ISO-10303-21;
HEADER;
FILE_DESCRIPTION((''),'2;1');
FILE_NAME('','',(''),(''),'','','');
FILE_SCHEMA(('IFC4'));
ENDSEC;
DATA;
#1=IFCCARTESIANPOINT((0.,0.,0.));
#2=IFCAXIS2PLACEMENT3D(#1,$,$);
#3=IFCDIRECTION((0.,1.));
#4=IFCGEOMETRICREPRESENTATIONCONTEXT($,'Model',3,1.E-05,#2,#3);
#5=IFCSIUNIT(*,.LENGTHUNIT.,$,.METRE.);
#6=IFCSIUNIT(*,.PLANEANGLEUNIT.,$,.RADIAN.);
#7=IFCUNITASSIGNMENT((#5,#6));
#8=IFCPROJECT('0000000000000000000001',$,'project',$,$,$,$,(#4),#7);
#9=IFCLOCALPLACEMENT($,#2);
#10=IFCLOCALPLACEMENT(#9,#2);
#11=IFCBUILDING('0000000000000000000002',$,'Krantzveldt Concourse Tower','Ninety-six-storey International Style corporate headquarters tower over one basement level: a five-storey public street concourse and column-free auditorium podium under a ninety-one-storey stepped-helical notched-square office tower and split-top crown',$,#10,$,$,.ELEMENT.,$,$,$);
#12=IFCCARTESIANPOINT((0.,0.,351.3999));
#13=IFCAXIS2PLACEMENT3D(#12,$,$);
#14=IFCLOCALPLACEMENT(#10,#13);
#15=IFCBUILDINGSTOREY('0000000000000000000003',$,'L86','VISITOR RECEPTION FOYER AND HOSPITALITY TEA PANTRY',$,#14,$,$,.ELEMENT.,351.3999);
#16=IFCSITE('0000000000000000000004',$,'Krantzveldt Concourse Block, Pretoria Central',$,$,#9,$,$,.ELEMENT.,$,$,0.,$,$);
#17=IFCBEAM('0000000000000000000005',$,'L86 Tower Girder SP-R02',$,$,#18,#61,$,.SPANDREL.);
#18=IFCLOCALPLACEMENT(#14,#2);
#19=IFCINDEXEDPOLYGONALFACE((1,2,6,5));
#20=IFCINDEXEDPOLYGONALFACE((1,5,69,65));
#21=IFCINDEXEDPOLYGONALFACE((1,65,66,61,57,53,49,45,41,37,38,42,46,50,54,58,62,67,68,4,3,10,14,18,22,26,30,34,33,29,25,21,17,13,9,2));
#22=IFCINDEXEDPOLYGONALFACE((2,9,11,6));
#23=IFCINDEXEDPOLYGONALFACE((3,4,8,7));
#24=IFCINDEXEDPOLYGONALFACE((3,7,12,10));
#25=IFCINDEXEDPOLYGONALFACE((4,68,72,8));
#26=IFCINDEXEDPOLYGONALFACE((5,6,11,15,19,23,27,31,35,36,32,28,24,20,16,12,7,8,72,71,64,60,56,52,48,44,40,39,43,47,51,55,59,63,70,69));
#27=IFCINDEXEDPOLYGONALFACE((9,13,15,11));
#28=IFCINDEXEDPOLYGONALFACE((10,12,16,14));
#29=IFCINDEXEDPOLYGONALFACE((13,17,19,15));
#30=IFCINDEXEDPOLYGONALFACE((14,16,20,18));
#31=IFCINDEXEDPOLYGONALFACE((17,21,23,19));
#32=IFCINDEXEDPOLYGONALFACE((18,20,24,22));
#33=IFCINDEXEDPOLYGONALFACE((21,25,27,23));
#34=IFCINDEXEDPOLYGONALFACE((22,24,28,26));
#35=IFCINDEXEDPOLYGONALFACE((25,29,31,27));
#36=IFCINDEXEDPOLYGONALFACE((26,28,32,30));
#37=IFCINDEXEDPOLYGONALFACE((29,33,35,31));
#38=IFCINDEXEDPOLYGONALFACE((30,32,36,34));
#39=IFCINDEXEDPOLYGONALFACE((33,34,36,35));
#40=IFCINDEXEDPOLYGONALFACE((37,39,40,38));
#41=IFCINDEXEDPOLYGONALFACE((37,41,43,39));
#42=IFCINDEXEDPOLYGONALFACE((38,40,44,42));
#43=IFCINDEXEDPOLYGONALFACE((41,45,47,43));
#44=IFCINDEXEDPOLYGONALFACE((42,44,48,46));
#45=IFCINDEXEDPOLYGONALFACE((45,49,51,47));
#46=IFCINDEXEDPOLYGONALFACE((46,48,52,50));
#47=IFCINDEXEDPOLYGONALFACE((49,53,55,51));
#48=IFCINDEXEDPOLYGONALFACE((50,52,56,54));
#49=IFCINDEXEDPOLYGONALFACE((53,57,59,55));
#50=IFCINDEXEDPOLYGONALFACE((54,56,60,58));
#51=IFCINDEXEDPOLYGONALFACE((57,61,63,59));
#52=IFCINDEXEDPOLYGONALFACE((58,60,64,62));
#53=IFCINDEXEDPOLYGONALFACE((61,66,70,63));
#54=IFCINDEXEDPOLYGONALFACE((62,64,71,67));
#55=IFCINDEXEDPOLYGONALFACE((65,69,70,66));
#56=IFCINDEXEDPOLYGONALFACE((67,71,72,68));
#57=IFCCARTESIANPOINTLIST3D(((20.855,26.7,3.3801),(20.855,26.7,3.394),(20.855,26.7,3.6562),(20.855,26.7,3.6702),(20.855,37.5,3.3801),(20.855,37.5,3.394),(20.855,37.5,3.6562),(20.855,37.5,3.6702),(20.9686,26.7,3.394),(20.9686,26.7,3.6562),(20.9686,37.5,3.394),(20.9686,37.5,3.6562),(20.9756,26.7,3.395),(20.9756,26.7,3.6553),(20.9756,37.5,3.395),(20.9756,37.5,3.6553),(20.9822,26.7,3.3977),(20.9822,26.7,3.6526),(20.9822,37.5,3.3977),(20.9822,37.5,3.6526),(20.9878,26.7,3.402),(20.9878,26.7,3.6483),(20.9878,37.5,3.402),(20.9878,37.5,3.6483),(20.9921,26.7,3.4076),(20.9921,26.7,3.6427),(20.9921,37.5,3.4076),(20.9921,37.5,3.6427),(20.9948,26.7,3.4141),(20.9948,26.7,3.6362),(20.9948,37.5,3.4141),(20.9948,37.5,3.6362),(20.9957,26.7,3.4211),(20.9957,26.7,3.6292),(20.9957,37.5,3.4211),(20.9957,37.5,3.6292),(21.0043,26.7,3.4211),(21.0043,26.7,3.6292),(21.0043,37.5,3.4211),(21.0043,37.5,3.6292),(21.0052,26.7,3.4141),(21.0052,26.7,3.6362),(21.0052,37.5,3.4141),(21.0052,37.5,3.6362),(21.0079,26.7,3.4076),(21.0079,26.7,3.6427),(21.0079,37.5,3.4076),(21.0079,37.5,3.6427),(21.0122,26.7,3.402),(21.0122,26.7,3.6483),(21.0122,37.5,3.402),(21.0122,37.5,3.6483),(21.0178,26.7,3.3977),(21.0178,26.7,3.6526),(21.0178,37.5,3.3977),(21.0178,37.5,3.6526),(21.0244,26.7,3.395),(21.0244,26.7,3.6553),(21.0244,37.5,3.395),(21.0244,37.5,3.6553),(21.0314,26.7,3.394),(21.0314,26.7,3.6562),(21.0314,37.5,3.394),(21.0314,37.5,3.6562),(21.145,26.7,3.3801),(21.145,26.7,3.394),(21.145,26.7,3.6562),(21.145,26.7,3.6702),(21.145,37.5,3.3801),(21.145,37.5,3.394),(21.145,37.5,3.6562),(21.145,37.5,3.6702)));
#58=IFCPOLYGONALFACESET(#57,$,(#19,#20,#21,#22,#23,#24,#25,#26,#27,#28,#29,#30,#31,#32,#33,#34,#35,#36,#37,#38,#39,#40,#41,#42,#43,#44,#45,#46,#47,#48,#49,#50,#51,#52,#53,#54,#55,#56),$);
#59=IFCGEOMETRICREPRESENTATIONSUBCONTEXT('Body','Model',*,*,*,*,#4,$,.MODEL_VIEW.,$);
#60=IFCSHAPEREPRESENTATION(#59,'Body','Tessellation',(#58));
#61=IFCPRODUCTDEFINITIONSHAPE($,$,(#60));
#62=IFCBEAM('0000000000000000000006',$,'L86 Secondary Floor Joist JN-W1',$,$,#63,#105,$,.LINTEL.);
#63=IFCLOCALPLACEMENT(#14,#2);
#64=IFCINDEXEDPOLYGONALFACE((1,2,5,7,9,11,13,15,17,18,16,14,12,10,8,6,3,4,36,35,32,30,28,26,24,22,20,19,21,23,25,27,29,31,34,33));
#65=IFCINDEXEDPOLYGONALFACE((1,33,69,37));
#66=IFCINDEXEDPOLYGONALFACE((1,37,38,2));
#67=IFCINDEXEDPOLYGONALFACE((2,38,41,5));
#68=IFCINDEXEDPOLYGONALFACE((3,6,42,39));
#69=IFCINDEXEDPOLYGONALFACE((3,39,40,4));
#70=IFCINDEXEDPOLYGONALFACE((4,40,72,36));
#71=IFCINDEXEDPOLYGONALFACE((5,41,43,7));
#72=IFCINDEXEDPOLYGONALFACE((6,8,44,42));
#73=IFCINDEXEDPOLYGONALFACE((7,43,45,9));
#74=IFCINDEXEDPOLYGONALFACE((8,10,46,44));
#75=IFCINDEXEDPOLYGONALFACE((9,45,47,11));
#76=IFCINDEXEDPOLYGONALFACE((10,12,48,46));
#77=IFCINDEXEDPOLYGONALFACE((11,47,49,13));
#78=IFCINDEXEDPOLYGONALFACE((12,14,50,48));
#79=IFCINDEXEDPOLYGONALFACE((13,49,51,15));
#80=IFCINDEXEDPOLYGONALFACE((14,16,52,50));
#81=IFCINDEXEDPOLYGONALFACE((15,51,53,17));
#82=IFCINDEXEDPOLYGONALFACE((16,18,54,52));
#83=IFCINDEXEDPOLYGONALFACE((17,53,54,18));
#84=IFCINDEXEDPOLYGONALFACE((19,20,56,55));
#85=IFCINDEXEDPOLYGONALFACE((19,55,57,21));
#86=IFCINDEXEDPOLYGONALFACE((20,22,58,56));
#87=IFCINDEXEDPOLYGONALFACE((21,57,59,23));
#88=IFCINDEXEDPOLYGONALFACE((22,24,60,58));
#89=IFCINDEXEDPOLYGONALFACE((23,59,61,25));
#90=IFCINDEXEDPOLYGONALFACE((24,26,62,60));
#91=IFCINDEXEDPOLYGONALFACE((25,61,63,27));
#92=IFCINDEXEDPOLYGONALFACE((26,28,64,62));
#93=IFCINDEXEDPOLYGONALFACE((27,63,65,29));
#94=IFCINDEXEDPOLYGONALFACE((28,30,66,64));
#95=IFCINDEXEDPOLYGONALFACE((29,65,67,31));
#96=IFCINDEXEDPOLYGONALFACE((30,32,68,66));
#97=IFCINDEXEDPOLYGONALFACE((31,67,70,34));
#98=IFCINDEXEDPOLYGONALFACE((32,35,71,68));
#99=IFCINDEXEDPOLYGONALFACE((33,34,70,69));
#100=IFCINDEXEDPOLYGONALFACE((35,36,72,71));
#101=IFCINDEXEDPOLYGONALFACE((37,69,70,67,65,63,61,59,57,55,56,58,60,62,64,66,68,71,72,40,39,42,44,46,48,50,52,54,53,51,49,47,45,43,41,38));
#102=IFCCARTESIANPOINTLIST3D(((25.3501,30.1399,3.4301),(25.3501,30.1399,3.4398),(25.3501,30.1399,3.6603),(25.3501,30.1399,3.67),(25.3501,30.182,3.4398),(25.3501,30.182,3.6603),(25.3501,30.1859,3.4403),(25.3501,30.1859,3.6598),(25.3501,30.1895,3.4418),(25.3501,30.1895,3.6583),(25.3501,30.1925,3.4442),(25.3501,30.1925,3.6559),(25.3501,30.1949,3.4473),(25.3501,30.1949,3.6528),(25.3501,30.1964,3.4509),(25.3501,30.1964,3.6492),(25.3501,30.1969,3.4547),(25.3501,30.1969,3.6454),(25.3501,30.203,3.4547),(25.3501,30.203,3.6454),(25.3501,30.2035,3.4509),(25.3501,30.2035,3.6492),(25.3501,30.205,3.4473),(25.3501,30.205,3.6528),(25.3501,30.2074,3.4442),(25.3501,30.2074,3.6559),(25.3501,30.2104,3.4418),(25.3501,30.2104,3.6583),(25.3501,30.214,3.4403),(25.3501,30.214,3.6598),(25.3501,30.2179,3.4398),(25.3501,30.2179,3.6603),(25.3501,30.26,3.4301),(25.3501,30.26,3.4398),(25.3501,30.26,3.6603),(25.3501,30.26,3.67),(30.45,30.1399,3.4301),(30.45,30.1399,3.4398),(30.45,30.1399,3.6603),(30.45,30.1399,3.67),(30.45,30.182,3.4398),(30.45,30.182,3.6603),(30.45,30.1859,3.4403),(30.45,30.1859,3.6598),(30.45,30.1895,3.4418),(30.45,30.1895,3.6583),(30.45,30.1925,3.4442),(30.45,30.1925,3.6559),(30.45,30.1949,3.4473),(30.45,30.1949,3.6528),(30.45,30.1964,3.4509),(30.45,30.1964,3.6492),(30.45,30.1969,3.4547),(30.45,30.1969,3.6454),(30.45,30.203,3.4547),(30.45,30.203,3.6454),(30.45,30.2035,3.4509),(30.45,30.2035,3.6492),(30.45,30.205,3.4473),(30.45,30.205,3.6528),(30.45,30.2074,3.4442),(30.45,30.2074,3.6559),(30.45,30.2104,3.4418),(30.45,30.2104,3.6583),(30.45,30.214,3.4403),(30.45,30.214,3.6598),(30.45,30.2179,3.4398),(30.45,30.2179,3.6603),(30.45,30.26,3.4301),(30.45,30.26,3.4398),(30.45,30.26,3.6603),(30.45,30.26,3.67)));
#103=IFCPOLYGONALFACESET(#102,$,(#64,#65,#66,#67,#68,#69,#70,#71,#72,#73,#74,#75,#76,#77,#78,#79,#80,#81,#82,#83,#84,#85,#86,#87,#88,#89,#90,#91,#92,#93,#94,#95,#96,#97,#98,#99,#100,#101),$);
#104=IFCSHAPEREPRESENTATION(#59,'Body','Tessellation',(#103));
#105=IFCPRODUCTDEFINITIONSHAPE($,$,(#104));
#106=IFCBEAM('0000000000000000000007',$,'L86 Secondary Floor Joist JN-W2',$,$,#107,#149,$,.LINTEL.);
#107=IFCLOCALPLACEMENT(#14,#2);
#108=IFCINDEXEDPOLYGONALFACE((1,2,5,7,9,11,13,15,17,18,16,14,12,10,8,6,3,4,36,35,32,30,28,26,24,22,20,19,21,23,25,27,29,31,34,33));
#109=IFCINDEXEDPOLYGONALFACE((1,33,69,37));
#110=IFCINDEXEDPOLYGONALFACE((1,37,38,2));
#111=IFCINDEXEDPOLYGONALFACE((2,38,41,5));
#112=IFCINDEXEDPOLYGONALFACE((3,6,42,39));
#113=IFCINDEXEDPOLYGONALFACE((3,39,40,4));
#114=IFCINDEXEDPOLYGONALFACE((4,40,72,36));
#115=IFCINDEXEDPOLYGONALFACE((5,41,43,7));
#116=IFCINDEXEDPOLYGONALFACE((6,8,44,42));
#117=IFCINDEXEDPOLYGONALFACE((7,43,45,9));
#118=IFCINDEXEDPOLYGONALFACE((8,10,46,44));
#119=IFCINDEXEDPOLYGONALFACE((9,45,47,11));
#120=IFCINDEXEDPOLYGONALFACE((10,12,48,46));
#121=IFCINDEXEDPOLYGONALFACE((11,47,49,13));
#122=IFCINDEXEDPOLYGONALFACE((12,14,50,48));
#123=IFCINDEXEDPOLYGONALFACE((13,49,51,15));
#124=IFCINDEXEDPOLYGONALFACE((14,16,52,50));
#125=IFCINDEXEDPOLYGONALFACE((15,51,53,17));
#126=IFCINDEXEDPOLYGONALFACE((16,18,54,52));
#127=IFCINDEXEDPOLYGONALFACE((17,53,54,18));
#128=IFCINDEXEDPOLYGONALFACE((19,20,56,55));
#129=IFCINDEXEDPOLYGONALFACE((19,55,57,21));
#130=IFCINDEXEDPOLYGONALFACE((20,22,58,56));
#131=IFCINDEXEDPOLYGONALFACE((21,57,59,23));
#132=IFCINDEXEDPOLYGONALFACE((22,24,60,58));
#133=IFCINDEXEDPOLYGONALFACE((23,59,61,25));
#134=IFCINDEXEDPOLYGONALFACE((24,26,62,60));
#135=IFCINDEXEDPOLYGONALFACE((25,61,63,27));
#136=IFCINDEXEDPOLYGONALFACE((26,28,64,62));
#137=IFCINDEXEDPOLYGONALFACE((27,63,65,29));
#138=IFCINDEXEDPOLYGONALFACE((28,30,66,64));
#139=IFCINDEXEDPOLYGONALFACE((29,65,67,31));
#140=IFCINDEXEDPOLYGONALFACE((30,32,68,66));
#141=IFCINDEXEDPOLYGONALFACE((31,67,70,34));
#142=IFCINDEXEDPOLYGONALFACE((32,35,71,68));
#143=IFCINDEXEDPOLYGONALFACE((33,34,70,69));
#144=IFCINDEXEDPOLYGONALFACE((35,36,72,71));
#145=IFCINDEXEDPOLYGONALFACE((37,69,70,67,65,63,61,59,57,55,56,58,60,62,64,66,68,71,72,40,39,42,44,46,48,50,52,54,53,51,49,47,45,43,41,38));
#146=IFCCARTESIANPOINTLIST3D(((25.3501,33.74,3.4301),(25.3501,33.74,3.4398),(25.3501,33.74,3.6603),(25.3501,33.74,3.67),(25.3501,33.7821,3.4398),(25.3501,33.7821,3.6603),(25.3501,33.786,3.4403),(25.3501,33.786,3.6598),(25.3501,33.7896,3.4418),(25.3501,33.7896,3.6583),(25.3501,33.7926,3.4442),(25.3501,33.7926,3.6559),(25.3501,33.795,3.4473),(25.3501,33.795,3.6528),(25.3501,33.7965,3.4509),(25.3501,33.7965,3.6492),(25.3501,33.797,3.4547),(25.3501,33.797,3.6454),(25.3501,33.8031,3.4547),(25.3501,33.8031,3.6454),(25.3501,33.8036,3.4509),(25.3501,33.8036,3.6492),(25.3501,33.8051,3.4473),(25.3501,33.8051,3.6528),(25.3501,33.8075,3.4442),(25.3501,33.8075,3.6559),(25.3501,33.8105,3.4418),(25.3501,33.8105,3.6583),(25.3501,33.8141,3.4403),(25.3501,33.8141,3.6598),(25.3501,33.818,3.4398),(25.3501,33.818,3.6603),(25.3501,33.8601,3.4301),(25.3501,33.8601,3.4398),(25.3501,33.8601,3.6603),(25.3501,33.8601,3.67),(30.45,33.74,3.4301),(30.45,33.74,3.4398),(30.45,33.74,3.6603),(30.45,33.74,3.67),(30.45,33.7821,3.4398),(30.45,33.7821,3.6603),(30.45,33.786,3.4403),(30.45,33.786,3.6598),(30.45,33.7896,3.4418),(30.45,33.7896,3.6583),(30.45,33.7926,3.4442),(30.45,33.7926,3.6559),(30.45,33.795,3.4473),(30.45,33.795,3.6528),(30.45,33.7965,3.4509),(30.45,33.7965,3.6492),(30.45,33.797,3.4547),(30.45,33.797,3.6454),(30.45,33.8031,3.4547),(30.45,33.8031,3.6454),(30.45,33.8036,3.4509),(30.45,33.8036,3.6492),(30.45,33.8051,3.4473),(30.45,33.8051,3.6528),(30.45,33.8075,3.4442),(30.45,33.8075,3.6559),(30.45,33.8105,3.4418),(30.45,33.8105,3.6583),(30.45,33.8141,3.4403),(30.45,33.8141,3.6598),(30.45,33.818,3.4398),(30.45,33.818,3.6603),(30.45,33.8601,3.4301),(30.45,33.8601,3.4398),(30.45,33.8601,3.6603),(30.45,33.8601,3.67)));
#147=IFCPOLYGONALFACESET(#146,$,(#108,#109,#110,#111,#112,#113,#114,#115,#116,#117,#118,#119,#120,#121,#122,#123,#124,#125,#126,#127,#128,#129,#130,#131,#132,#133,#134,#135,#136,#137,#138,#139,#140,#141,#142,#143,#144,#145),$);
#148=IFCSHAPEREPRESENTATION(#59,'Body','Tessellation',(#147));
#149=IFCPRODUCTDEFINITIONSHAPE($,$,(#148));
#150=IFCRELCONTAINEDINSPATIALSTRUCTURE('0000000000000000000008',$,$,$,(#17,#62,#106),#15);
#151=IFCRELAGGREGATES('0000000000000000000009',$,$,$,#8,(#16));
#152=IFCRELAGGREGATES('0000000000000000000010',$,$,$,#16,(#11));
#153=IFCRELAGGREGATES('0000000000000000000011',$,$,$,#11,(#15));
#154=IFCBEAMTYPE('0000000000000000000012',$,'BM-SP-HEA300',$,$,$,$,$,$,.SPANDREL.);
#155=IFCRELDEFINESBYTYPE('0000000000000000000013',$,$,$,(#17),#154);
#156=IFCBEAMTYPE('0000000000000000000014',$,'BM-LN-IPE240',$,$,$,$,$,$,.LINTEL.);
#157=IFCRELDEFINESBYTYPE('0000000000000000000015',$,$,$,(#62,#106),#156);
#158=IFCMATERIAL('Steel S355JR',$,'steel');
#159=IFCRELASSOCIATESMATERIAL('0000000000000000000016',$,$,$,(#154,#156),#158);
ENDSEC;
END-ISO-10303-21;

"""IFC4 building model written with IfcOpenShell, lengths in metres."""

from ifc_helpers import new_model, si_unit, direction, frame, origin, origin_2d, place, context, subcontext, project, spatial, i_section, extrude, source, transform, mapped, material, material_profile, profile_set, type_object, type_shapes, element, save


model = new_model("IFC4")

# Units and contexts
model_context = context("Model", 3, precision=1e-05, world=origin(), true_north=direction((0.0, 1.0)))
body_context = subcontext(model_context, "Body", "Model", "MODEL_VIEW")
ifc_project = project(units=[si_unit("LENGTHUNIT", "METRE"), si_unit("PLANEANGLEUNIT", "RADIAN")], contexts=[model_context])

# Site, building, storey
site_placement = place(None, origin())
site = spatial("IfcSite", under=ifc_project, at=site_placement, Name="Krantzveldt Concourse Block, Pretoria Central", CompositionType="ELEMENT", RefElevation=0.0)
building_placement = place(site_placement, origin())
building = spatial("IfcBuilding", under=site, at=building_placement, Name="Krantzveldt Concourse Tower", Description="Ninety-six-storey International Style corporate headquarters tower over one basement level: a five-storey public street concourse and column-free auditorium podium under a ninety-one-storey stepped-helical notched-square office tower and split-top crown", CompositionType="ELEMENT")
storey_placement = place(building_placement, frame((0.0, 0.0, 351.3999)))
storey = spatial("IfcBuildingStorey", under=building, at=storey_placement, Name="L86", Description="VISITOR RECEPTION FOYER AND HOSPITALITY TEA PANTRY", CompositionType="ELEMENT", Elevation=351.3999)

# Beams
ifc_material_1 = material(Name="Steel S355JR", Category="steel")
ifc_material_profile_1 = material_profile(ifc_material_1, i_section(OverallWidth=0.29, OverallDepth=0.29, WebThickness=0.0085, FlangeThickness=0.0139, FilletRadius=0.0271, at=origin_2d()), Name="Steel S355JR", Category="steel")
ifc_profile_set_1 = profile_set([ifc_material_profile_1], Name="Steel S355JR - HEA 300")
beam_type_1 = type_object("IfcBeamType", Name="BM-SP-HEA300", PredefinedType="SPANDREL", material=ifc_profile_set_1)
shared_shape_1 = source(origin(), body_context, "Body", "SweptSolid", [
    extrude(i_section(OverallWidth=0.29, OverallDepth=0.29, WebThickness=0.0085, FlangeThickness=0.0139, FilletRadius=0.0271, at=origin_2d()), origin(), (0.0, 0.0, 1.0), 10.8),
])
type_shapes(beam_type_1, [shared_shape_1])
beam_1_placement = place(storey_placement, frame((21.0, 26.7, 3.5251), z_axis=(0.0, 1.0, 0.0), x_axis=(-1.0, 0.0, 0.0)))
element("IfcBeam", 1, at=beam_1_placement, inside=storey, type_object=beam_type_1, Name="L86 Tower Girder SP-R02", PredefinedType="SPANDREL", context=body_context, shape_type="MappedRepresentation", body=[
    mapped(shared_shape_1, transform((0.0, 0.0, 0.0), x_axis=(1.0, 0.0, 0.0), y_axis=(0.0, 1.0, 0.0), z_axis=(0.0, 0.0, 1.0), scale=1.0)),
])
ifc_material_profile_2 = material_profile(ifc_material_1, i_section(OverallWidth=0.1201, OverallDepth=0.24, WebThickness=0.0061, FlangeThickness=0.0098, FilletRadius=0.0149, at=origin_2d()), Name="Steel S355JR", Category="steel")
ifc_profile_set_2 = profile_set([ifc_material_profile_2], Name="Steel S355JR - IPE 240")
beam_type_2 = type_object("IfcBeamType", Name="BM-LN-IPE240", PredefinedType="LINTEL", material=ifc_profile_set_2)
shared_shape_2 = source(origin(), body_context, "Body", "SweptSolid", [
    extrude(i_section(OverallWidth=0.1201, OverallDepth=0.24, WebThickness=0.0061, FlangeThickness=0.0098, FilletRadius=0.0149, at=origin_2d()), origin(), (0.0, 0.0, 1.0), 5.0999),
])
type_shapes(beam_type_2, [shared_shape_2])
for number, where, z_axis, x_axis, name in (
    (2, (25.3501, 30.2, 3.55), (1.0, 0.0, 0.0), (0.0, 1.0, 0.0), "L86 Secondary Floor Joist JN-W1"),
    (3, (25.3501, 33.8, 3.55), (1.0, 0.0, 0.0), (0.0, 1.0, 0.0), "L86 Secondary Floor Joist JN-W2"),
):
    element("IfcBeam", number, at=place(storey_placement, frame(where, z_axis=z_axis, x_axis=x_axis)), inside=storey, type_object=beam_type_2, Name=name, PredefinedType="LINTEL", context=body_context, shape_type="MappedRepresentation", body=[
        mapped(shared_shape_2, transform((0.0, 0.0, 0.0), x_axis=(1.0, 0.0, 0.0), y_axis=(0.0, 1.0, 0.0), z_axis=(0.0, 0.0, 1.0), scale=1.0)),
    ])

save(model, "model.ifc")
